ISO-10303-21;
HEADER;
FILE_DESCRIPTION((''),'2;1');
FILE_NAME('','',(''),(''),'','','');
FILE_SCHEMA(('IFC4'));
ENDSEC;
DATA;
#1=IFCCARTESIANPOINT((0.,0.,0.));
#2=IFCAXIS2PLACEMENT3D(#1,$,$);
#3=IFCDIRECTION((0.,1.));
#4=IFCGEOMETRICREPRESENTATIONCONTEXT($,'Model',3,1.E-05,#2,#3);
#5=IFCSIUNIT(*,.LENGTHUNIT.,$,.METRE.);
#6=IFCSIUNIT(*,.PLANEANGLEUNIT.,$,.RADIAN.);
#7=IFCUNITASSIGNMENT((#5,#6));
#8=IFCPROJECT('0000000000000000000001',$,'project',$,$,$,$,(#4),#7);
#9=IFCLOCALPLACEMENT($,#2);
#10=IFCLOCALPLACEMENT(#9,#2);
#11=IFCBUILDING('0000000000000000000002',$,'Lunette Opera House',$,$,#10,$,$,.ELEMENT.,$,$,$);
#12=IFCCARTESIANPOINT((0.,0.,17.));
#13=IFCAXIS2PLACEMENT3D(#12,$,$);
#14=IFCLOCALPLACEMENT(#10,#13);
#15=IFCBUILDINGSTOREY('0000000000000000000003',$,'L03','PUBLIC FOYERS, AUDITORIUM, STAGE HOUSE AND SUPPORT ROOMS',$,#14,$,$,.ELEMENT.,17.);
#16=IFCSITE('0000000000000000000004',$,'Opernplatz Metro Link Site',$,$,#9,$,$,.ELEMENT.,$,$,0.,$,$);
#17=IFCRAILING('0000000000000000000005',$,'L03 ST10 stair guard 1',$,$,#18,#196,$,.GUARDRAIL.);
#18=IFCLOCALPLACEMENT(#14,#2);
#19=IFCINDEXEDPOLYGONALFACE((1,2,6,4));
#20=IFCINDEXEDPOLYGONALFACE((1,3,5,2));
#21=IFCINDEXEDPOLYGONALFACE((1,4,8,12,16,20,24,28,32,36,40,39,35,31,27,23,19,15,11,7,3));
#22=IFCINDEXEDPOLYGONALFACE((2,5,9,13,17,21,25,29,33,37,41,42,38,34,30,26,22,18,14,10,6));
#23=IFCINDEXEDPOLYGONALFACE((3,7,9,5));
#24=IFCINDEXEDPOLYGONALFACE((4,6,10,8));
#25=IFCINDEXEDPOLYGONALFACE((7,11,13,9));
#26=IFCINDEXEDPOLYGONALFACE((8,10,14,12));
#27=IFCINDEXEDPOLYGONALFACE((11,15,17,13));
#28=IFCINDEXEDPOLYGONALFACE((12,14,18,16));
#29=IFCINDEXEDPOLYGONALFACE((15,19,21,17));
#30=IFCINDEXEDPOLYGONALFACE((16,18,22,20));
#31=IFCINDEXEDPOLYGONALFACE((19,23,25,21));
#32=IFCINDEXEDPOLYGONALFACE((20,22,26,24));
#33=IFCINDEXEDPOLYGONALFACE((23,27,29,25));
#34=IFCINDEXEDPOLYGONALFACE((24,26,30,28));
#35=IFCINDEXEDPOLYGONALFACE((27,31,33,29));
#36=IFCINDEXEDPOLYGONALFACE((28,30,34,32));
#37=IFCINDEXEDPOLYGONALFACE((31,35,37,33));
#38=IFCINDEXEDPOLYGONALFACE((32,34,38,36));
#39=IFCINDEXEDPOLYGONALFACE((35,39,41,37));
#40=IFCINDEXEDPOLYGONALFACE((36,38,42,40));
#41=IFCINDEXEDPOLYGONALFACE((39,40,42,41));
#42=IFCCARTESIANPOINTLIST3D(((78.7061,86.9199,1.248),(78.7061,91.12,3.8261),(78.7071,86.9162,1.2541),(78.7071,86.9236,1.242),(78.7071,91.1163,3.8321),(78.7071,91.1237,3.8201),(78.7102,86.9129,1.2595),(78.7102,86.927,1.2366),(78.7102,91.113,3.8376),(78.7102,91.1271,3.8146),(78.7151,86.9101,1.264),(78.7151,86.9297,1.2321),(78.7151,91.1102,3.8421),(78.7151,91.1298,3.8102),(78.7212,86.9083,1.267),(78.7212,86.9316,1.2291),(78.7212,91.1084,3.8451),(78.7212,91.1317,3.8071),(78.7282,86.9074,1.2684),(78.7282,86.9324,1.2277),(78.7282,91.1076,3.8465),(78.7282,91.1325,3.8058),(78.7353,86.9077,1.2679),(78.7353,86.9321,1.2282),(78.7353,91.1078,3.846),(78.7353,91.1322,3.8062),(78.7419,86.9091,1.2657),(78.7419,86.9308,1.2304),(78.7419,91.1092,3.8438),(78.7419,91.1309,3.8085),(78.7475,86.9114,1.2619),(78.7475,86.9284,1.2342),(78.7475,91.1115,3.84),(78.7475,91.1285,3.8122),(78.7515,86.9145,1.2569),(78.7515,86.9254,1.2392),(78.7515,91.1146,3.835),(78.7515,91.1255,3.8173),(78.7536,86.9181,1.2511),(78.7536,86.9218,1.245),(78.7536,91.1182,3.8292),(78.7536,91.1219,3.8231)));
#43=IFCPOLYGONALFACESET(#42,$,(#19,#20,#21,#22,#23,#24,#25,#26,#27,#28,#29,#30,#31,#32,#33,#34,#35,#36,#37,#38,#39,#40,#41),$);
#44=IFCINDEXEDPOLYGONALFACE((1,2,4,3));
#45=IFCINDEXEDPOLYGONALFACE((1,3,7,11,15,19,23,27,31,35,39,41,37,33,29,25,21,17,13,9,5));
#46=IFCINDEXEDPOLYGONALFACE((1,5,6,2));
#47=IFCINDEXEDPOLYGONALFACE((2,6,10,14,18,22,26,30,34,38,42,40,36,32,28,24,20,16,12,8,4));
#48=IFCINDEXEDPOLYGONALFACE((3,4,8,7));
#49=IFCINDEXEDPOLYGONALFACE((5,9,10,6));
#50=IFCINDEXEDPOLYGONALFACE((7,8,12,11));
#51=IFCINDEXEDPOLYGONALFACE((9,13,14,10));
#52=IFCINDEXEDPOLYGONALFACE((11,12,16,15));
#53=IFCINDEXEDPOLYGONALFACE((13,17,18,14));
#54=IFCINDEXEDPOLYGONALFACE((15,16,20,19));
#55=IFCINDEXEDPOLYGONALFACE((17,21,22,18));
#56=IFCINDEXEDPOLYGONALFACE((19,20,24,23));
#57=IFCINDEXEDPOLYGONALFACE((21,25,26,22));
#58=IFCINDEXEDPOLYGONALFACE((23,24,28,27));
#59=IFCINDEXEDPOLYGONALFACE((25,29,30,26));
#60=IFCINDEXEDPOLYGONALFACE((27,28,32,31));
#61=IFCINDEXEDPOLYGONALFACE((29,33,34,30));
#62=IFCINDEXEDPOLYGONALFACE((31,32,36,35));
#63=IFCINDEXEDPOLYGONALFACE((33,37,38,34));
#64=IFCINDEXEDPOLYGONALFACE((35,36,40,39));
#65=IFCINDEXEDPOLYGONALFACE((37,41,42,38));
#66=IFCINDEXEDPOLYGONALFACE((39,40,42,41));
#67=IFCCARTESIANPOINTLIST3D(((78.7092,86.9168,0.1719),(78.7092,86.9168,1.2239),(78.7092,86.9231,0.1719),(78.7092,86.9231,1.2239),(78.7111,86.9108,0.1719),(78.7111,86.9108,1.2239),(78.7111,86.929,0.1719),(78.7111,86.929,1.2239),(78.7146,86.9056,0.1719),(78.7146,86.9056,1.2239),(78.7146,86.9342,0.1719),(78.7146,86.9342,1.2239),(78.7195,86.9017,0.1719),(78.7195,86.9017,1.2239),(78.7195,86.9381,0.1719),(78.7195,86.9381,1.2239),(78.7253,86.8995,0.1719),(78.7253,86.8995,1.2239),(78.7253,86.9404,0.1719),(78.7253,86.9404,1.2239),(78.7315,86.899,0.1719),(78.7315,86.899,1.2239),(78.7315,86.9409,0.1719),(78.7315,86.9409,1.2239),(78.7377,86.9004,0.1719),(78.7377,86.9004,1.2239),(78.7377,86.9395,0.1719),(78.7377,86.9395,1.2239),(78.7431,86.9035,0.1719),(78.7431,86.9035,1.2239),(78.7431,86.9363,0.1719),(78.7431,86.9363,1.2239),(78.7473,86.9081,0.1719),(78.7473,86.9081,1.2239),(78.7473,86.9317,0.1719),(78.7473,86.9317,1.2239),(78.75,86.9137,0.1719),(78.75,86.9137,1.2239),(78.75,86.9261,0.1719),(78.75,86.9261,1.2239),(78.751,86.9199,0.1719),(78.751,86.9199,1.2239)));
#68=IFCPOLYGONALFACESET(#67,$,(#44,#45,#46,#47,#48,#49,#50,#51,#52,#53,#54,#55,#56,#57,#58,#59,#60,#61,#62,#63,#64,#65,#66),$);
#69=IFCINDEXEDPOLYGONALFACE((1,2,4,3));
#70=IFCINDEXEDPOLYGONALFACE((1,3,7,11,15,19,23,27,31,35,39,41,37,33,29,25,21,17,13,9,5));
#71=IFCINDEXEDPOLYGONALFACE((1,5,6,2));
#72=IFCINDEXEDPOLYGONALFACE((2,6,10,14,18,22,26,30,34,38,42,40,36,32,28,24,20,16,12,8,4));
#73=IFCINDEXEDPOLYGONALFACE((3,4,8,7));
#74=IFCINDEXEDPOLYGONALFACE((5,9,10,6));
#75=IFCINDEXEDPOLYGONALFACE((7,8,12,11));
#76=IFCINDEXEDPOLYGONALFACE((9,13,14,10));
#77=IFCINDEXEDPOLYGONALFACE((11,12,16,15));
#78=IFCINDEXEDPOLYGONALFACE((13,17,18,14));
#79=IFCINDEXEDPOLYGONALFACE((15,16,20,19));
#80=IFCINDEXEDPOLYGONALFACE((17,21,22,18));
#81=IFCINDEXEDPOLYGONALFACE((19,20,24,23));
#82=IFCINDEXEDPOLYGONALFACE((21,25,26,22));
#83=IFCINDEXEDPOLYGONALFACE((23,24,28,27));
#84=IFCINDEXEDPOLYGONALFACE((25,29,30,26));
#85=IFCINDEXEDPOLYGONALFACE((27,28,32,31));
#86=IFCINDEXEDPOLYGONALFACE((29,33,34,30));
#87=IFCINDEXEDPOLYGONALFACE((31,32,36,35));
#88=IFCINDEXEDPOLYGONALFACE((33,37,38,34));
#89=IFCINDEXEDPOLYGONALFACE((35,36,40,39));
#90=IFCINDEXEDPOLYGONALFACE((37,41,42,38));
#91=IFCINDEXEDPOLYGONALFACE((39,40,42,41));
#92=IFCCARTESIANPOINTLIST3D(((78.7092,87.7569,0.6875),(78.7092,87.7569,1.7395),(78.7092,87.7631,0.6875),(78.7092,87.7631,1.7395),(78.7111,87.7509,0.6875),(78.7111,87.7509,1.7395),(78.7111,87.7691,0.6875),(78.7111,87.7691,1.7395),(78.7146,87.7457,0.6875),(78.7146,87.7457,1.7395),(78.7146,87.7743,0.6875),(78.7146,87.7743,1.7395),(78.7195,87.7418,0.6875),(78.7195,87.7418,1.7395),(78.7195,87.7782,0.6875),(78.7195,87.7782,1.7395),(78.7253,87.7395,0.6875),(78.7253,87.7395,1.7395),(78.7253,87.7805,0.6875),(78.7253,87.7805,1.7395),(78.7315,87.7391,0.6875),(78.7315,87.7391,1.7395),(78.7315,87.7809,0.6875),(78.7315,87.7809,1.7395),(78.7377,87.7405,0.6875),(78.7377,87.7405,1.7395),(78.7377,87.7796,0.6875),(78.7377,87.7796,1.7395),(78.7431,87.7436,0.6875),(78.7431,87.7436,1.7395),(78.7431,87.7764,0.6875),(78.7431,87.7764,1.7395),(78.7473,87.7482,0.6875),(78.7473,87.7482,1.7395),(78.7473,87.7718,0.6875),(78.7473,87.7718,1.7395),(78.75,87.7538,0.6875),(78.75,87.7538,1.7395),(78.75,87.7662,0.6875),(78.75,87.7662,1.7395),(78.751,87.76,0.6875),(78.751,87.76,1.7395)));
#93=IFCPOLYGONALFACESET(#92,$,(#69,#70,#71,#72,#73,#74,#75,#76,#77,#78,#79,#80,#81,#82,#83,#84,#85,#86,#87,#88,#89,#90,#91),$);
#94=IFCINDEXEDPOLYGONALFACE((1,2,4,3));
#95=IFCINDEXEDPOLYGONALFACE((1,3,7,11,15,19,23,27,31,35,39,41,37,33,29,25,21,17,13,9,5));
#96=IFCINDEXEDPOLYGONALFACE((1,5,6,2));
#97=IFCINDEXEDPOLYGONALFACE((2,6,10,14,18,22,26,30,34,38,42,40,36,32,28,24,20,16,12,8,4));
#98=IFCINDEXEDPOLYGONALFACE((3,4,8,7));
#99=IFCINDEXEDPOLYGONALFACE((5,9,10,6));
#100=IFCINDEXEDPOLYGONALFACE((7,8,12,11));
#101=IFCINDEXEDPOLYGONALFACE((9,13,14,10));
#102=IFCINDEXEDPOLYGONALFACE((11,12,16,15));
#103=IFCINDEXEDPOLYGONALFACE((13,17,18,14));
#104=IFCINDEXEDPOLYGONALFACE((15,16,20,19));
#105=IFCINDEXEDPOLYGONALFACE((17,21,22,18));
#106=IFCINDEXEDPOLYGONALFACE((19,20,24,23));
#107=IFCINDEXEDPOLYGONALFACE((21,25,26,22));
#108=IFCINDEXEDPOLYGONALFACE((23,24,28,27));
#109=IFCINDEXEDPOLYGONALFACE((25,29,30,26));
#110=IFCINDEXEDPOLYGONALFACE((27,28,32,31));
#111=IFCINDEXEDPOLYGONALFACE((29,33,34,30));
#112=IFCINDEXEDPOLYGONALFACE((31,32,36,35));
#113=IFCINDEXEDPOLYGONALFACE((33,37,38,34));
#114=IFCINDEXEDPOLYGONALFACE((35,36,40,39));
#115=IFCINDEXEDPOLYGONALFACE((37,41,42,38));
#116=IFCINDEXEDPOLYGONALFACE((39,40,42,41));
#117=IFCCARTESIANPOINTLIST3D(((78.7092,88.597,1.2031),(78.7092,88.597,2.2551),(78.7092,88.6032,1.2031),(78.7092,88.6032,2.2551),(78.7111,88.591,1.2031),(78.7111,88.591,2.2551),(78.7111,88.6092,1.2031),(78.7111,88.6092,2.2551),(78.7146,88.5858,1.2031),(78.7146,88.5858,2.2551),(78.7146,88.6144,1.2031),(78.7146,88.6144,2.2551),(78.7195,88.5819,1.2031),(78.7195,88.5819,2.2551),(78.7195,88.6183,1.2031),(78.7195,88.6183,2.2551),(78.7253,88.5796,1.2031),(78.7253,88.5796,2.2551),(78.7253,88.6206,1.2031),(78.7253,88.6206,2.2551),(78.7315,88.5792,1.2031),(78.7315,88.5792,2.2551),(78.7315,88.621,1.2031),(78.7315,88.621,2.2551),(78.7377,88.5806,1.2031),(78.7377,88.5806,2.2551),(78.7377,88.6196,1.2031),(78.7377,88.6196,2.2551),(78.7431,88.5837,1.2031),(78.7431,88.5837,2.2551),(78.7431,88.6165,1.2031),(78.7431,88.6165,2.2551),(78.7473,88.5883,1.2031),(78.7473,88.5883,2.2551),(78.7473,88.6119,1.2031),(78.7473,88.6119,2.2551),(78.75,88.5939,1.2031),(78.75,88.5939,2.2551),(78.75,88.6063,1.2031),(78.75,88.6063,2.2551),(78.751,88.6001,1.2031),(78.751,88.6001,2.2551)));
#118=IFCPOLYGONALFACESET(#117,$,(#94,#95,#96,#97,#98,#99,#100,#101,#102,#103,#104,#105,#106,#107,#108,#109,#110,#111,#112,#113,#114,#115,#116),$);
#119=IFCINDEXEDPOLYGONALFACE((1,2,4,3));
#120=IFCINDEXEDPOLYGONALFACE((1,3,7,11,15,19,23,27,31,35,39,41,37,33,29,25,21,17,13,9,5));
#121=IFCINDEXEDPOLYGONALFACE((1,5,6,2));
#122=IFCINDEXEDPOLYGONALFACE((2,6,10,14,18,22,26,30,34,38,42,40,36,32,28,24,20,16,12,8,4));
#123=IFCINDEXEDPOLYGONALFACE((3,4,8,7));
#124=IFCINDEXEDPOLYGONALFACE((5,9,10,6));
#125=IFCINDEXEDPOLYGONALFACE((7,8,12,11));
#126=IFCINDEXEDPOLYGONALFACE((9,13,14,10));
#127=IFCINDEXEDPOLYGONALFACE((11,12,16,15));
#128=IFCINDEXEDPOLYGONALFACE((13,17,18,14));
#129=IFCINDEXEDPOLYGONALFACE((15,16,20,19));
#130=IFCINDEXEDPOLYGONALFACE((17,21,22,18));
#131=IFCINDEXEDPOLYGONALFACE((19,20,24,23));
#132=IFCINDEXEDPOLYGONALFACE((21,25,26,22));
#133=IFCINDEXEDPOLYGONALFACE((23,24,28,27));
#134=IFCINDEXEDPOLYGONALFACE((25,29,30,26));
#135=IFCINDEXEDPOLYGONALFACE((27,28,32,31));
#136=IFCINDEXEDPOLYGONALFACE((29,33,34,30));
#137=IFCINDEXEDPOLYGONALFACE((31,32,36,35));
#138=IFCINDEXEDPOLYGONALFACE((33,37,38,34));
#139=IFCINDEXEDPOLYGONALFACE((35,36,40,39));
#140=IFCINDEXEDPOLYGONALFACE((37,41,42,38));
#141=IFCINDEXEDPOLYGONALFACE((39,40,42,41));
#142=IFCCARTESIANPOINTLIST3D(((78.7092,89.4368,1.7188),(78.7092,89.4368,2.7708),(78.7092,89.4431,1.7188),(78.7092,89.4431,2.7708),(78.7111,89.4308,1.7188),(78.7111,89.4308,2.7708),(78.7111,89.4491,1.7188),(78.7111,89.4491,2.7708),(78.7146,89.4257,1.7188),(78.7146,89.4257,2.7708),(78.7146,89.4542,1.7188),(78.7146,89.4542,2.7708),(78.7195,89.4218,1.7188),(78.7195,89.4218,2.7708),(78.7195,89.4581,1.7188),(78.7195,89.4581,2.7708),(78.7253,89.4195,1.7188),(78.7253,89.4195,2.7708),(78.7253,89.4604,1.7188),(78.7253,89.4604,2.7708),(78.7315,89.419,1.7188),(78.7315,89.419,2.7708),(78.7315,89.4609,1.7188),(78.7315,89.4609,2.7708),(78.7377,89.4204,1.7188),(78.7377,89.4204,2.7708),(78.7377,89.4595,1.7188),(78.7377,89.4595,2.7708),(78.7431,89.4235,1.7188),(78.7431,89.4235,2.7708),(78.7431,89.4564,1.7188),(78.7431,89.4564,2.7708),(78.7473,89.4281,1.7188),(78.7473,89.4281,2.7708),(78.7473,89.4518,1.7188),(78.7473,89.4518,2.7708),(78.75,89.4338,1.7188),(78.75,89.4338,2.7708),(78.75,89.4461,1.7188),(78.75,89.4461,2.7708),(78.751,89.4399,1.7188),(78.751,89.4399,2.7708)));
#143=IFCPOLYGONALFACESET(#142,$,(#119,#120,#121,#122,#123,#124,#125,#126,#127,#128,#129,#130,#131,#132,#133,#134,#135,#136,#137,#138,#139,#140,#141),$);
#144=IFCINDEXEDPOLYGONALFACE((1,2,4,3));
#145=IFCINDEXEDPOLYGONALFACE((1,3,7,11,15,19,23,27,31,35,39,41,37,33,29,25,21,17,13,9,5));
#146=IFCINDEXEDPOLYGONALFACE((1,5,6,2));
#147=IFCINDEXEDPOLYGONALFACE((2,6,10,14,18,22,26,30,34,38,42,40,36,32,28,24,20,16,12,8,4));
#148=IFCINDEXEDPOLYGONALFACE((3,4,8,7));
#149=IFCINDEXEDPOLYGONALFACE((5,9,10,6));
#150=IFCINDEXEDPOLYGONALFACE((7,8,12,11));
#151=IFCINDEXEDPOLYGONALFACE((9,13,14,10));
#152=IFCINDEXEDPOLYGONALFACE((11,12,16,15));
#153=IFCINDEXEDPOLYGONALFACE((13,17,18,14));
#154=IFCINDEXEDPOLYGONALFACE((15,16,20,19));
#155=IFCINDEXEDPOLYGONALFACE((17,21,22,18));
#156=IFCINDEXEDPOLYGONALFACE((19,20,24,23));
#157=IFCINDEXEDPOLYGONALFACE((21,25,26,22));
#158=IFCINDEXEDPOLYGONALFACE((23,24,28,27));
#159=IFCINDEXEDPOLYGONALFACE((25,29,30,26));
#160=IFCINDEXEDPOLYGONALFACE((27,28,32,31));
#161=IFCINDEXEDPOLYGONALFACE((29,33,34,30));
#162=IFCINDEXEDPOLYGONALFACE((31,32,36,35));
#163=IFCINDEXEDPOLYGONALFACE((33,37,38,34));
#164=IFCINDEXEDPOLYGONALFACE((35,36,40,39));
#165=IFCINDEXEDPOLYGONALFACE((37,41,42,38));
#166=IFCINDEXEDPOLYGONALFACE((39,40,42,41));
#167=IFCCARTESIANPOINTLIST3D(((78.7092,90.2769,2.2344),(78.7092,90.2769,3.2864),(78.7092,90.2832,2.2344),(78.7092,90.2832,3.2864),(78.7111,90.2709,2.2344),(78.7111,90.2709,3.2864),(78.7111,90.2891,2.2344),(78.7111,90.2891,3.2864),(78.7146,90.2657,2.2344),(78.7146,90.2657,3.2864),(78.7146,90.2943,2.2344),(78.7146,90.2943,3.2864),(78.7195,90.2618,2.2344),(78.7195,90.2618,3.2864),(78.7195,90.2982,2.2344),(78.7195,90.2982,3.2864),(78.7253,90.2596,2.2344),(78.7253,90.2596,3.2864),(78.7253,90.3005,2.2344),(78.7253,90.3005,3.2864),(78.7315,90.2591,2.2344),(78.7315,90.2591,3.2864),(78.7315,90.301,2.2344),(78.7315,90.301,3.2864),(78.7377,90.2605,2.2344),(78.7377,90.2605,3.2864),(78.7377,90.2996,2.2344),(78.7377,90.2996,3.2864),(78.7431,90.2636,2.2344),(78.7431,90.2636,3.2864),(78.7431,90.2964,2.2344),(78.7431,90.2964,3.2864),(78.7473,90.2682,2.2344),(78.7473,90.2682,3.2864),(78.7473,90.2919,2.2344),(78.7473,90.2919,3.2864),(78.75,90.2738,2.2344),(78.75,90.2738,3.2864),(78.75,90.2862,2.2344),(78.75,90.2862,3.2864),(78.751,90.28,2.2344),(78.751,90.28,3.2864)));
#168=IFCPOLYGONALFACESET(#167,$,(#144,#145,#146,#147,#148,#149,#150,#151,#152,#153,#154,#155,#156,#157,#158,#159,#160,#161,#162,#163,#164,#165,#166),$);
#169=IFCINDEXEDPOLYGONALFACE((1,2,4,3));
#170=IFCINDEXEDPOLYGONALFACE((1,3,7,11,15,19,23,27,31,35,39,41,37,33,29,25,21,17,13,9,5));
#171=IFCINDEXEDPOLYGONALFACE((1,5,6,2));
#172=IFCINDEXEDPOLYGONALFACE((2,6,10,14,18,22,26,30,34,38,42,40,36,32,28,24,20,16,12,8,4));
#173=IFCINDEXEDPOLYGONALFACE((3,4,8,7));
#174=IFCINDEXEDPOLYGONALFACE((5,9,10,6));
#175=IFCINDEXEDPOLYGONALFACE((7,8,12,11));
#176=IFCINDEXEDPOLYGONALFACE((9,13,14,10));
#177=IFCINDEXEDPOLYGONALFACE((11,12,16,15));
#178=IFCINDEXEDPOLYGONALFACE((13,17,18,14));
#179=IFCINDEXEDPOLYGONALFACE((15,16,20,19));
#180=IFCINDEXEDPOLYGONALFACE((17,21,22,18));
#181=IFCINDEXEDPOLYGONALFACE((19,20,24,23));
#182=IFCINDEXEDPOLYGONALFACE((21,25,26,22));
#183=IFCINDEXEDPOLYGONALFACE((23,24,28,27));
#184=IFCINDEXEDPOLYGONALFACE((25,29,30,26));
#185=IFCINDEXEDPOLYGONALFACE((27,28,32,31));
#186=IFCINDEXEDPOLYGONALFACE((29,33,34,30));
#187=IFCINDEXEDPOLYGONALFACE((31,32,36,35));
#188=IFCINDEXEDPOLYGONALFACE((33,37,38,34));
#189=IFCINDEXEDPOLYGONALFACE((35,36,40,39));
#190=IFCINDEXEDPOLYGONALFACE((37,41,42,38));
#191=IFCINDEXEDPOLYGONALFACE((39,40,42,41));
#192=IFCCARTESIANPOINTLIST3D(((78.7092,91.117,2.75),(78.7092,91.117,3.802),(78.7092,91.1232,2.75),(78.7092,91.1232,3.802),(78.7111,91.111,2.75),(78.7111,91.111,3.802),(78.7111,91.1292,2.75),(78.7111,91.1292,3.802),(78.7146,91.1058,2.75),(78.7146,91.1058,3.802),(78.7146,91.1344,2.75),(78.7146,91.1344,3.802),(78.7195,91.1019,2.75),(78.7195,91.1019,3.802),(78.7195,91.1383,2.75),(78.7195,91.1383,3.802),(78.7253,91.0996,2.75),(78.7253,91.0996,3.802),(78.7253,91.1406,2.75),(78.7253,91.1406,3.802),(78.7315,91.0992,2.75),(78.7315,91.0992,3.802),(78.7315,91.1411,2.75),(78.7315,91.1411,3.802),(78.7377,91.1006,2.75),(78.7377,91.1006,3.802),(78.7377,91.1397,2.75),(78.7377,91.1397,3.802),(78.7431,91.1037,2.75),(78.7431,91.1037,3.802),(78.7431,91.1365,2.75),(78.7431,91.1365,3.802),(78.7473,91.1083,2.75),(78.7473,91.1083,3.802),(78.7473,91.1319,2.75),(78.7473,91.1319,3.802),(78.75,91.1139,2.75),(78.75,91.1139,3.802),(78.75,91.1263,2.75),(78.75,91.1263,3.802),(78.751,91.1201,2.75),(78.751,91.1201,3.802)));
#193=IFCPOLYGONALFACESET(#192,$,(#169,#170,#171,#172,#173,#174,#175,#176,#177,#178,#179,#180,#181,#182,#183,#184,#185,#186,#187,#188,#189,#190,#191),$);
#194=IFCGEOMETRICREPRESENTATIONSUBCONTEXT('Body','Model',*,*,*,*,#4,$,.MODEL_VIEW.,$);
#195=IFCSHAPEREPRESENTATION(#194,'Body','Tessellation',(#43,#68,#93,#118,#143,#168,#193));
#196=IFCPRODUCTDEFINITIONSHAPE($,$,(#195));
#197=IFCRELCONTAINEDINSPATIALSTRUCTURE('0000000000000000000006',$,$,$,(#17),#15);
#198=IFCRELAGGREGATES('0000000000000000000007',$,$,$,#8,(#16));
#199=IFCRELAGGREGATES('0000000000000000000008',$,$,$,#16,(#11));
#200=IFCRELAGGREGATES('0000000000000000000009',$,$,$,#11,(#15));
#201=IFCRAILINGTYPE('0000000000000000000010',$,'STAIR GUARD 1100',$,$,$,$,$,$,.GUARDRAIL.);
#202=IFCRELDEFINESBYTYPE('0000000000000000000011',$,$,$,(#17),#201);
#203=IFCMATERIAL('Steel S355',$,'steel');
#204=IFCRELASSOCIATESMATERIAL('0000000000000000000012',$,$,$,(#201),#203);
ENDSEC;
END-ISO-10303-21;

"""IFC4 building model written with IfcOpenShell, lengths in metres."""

from ifc_helpers import new_model, si_unit, direction, frame, origin, origin_2d, place, context, subcontext, project, spatial, circle, extrude, material, type_object, element, save


model = new_model("IFC4")

# Units and contexts
model_context = context("Model", 3, precision=1e-05, world=origin(), true_north=direction((0.0, 1.0)))
body_context = subcontext(model_context, "Body", "Model", "MODEL_VIEW")
ifc_project = project(units=[si_unit("LENGTHUNIT", "METRE"), si_unit("PLANEANGLEUNIT", "RADIAN")], contexts=[model_context])

# Site, building, storey
site_placement = place(None, origin())
site = spatial("IfcSite", under=ifc_project, at=site_placement, Name="Opernplatz Metro Link Site", CompositionType="ELEMENT", RefElevation=0.0)
building_placement = place(site_placement, origin())
building = spatial("IfcBuilding", under=site, at=building_placement, Name="Lunette Opera House", CompositionType="ELEMENT")
storey_placement = place(building_placement, frame((0.0, 0.0, 17.0)))
storey = spatial("IfcBuildingStorey", under=building, at=storey_placement, Name="L03", Description="PUBLIC FOYERS, AUDITORIUM, STAGE HOUSE AND SUPPORT ROOMS", CompositionType="ELEMENT", Elevation=17.0)

# Railing
ifc_material_1 = material(Name="Steel S355", Category="steel")
railing_type_1 = type_object("IfcRailingType", Name="STAIR GUARD 1100", PredefinedType="GUARDRAIL", material=ifc_material_1)
railing_1_placement = place(storey_placement, frame((78.73, 86.9199, 0.1719)))
element("IfcRailing", 1, at=railing_1_placement, inside=storey, type_object=railing_type_1, Name="L03 ST10 stair guard 1", PredefinedType="GUARDRAIL", context=body_context, shape_type="SweptSolid", body=[
    extrude(circle(Radius=0.0239, at=origin_2d()), frame((0.0, 0.0, 1.0762), z_axis=(0.0, 0.852256, 0.523124), x_axis=(-1.0, 0.0, 0.0)), (0.0, 0.0, 1.0), 4.9282),
    extrude(circle(Radius=0.021, at=origin_2d()), origin(), (0.0, 0.0, 1.0), 1.052),
    extrude(circle(Radius=0.021, at=origin_2d()), frame((0.0, 0.8401, 0.5156)), (0.0, 0.0, 1.0), 1.052),
    extrude(circle(Radius=0.021, at=origin_2d()), frame((0.0, 1.6802, 1.0312)), (0.0, 0.0, 1.0), 1.052),
    extrude(circle(Radius=0.021, at=origin_2d()), frame((0.0, 2.52, 1.5469)), (0.0, 0.0, 1.0), 1.052),
    extrude(circle(Radius=0.021, at=origin_2d()), frame((0.0, 3.3601, 2.0625)), (0.0, 0.0, 1.0), 1.052),
    extrude(circle(Radius=0.021, at=origin_2d()), frame((0.0, 4.2002, 2.5781)), (0.0, 0.0, 1.0), 1.052),
])

save(model, "model.ifc")
